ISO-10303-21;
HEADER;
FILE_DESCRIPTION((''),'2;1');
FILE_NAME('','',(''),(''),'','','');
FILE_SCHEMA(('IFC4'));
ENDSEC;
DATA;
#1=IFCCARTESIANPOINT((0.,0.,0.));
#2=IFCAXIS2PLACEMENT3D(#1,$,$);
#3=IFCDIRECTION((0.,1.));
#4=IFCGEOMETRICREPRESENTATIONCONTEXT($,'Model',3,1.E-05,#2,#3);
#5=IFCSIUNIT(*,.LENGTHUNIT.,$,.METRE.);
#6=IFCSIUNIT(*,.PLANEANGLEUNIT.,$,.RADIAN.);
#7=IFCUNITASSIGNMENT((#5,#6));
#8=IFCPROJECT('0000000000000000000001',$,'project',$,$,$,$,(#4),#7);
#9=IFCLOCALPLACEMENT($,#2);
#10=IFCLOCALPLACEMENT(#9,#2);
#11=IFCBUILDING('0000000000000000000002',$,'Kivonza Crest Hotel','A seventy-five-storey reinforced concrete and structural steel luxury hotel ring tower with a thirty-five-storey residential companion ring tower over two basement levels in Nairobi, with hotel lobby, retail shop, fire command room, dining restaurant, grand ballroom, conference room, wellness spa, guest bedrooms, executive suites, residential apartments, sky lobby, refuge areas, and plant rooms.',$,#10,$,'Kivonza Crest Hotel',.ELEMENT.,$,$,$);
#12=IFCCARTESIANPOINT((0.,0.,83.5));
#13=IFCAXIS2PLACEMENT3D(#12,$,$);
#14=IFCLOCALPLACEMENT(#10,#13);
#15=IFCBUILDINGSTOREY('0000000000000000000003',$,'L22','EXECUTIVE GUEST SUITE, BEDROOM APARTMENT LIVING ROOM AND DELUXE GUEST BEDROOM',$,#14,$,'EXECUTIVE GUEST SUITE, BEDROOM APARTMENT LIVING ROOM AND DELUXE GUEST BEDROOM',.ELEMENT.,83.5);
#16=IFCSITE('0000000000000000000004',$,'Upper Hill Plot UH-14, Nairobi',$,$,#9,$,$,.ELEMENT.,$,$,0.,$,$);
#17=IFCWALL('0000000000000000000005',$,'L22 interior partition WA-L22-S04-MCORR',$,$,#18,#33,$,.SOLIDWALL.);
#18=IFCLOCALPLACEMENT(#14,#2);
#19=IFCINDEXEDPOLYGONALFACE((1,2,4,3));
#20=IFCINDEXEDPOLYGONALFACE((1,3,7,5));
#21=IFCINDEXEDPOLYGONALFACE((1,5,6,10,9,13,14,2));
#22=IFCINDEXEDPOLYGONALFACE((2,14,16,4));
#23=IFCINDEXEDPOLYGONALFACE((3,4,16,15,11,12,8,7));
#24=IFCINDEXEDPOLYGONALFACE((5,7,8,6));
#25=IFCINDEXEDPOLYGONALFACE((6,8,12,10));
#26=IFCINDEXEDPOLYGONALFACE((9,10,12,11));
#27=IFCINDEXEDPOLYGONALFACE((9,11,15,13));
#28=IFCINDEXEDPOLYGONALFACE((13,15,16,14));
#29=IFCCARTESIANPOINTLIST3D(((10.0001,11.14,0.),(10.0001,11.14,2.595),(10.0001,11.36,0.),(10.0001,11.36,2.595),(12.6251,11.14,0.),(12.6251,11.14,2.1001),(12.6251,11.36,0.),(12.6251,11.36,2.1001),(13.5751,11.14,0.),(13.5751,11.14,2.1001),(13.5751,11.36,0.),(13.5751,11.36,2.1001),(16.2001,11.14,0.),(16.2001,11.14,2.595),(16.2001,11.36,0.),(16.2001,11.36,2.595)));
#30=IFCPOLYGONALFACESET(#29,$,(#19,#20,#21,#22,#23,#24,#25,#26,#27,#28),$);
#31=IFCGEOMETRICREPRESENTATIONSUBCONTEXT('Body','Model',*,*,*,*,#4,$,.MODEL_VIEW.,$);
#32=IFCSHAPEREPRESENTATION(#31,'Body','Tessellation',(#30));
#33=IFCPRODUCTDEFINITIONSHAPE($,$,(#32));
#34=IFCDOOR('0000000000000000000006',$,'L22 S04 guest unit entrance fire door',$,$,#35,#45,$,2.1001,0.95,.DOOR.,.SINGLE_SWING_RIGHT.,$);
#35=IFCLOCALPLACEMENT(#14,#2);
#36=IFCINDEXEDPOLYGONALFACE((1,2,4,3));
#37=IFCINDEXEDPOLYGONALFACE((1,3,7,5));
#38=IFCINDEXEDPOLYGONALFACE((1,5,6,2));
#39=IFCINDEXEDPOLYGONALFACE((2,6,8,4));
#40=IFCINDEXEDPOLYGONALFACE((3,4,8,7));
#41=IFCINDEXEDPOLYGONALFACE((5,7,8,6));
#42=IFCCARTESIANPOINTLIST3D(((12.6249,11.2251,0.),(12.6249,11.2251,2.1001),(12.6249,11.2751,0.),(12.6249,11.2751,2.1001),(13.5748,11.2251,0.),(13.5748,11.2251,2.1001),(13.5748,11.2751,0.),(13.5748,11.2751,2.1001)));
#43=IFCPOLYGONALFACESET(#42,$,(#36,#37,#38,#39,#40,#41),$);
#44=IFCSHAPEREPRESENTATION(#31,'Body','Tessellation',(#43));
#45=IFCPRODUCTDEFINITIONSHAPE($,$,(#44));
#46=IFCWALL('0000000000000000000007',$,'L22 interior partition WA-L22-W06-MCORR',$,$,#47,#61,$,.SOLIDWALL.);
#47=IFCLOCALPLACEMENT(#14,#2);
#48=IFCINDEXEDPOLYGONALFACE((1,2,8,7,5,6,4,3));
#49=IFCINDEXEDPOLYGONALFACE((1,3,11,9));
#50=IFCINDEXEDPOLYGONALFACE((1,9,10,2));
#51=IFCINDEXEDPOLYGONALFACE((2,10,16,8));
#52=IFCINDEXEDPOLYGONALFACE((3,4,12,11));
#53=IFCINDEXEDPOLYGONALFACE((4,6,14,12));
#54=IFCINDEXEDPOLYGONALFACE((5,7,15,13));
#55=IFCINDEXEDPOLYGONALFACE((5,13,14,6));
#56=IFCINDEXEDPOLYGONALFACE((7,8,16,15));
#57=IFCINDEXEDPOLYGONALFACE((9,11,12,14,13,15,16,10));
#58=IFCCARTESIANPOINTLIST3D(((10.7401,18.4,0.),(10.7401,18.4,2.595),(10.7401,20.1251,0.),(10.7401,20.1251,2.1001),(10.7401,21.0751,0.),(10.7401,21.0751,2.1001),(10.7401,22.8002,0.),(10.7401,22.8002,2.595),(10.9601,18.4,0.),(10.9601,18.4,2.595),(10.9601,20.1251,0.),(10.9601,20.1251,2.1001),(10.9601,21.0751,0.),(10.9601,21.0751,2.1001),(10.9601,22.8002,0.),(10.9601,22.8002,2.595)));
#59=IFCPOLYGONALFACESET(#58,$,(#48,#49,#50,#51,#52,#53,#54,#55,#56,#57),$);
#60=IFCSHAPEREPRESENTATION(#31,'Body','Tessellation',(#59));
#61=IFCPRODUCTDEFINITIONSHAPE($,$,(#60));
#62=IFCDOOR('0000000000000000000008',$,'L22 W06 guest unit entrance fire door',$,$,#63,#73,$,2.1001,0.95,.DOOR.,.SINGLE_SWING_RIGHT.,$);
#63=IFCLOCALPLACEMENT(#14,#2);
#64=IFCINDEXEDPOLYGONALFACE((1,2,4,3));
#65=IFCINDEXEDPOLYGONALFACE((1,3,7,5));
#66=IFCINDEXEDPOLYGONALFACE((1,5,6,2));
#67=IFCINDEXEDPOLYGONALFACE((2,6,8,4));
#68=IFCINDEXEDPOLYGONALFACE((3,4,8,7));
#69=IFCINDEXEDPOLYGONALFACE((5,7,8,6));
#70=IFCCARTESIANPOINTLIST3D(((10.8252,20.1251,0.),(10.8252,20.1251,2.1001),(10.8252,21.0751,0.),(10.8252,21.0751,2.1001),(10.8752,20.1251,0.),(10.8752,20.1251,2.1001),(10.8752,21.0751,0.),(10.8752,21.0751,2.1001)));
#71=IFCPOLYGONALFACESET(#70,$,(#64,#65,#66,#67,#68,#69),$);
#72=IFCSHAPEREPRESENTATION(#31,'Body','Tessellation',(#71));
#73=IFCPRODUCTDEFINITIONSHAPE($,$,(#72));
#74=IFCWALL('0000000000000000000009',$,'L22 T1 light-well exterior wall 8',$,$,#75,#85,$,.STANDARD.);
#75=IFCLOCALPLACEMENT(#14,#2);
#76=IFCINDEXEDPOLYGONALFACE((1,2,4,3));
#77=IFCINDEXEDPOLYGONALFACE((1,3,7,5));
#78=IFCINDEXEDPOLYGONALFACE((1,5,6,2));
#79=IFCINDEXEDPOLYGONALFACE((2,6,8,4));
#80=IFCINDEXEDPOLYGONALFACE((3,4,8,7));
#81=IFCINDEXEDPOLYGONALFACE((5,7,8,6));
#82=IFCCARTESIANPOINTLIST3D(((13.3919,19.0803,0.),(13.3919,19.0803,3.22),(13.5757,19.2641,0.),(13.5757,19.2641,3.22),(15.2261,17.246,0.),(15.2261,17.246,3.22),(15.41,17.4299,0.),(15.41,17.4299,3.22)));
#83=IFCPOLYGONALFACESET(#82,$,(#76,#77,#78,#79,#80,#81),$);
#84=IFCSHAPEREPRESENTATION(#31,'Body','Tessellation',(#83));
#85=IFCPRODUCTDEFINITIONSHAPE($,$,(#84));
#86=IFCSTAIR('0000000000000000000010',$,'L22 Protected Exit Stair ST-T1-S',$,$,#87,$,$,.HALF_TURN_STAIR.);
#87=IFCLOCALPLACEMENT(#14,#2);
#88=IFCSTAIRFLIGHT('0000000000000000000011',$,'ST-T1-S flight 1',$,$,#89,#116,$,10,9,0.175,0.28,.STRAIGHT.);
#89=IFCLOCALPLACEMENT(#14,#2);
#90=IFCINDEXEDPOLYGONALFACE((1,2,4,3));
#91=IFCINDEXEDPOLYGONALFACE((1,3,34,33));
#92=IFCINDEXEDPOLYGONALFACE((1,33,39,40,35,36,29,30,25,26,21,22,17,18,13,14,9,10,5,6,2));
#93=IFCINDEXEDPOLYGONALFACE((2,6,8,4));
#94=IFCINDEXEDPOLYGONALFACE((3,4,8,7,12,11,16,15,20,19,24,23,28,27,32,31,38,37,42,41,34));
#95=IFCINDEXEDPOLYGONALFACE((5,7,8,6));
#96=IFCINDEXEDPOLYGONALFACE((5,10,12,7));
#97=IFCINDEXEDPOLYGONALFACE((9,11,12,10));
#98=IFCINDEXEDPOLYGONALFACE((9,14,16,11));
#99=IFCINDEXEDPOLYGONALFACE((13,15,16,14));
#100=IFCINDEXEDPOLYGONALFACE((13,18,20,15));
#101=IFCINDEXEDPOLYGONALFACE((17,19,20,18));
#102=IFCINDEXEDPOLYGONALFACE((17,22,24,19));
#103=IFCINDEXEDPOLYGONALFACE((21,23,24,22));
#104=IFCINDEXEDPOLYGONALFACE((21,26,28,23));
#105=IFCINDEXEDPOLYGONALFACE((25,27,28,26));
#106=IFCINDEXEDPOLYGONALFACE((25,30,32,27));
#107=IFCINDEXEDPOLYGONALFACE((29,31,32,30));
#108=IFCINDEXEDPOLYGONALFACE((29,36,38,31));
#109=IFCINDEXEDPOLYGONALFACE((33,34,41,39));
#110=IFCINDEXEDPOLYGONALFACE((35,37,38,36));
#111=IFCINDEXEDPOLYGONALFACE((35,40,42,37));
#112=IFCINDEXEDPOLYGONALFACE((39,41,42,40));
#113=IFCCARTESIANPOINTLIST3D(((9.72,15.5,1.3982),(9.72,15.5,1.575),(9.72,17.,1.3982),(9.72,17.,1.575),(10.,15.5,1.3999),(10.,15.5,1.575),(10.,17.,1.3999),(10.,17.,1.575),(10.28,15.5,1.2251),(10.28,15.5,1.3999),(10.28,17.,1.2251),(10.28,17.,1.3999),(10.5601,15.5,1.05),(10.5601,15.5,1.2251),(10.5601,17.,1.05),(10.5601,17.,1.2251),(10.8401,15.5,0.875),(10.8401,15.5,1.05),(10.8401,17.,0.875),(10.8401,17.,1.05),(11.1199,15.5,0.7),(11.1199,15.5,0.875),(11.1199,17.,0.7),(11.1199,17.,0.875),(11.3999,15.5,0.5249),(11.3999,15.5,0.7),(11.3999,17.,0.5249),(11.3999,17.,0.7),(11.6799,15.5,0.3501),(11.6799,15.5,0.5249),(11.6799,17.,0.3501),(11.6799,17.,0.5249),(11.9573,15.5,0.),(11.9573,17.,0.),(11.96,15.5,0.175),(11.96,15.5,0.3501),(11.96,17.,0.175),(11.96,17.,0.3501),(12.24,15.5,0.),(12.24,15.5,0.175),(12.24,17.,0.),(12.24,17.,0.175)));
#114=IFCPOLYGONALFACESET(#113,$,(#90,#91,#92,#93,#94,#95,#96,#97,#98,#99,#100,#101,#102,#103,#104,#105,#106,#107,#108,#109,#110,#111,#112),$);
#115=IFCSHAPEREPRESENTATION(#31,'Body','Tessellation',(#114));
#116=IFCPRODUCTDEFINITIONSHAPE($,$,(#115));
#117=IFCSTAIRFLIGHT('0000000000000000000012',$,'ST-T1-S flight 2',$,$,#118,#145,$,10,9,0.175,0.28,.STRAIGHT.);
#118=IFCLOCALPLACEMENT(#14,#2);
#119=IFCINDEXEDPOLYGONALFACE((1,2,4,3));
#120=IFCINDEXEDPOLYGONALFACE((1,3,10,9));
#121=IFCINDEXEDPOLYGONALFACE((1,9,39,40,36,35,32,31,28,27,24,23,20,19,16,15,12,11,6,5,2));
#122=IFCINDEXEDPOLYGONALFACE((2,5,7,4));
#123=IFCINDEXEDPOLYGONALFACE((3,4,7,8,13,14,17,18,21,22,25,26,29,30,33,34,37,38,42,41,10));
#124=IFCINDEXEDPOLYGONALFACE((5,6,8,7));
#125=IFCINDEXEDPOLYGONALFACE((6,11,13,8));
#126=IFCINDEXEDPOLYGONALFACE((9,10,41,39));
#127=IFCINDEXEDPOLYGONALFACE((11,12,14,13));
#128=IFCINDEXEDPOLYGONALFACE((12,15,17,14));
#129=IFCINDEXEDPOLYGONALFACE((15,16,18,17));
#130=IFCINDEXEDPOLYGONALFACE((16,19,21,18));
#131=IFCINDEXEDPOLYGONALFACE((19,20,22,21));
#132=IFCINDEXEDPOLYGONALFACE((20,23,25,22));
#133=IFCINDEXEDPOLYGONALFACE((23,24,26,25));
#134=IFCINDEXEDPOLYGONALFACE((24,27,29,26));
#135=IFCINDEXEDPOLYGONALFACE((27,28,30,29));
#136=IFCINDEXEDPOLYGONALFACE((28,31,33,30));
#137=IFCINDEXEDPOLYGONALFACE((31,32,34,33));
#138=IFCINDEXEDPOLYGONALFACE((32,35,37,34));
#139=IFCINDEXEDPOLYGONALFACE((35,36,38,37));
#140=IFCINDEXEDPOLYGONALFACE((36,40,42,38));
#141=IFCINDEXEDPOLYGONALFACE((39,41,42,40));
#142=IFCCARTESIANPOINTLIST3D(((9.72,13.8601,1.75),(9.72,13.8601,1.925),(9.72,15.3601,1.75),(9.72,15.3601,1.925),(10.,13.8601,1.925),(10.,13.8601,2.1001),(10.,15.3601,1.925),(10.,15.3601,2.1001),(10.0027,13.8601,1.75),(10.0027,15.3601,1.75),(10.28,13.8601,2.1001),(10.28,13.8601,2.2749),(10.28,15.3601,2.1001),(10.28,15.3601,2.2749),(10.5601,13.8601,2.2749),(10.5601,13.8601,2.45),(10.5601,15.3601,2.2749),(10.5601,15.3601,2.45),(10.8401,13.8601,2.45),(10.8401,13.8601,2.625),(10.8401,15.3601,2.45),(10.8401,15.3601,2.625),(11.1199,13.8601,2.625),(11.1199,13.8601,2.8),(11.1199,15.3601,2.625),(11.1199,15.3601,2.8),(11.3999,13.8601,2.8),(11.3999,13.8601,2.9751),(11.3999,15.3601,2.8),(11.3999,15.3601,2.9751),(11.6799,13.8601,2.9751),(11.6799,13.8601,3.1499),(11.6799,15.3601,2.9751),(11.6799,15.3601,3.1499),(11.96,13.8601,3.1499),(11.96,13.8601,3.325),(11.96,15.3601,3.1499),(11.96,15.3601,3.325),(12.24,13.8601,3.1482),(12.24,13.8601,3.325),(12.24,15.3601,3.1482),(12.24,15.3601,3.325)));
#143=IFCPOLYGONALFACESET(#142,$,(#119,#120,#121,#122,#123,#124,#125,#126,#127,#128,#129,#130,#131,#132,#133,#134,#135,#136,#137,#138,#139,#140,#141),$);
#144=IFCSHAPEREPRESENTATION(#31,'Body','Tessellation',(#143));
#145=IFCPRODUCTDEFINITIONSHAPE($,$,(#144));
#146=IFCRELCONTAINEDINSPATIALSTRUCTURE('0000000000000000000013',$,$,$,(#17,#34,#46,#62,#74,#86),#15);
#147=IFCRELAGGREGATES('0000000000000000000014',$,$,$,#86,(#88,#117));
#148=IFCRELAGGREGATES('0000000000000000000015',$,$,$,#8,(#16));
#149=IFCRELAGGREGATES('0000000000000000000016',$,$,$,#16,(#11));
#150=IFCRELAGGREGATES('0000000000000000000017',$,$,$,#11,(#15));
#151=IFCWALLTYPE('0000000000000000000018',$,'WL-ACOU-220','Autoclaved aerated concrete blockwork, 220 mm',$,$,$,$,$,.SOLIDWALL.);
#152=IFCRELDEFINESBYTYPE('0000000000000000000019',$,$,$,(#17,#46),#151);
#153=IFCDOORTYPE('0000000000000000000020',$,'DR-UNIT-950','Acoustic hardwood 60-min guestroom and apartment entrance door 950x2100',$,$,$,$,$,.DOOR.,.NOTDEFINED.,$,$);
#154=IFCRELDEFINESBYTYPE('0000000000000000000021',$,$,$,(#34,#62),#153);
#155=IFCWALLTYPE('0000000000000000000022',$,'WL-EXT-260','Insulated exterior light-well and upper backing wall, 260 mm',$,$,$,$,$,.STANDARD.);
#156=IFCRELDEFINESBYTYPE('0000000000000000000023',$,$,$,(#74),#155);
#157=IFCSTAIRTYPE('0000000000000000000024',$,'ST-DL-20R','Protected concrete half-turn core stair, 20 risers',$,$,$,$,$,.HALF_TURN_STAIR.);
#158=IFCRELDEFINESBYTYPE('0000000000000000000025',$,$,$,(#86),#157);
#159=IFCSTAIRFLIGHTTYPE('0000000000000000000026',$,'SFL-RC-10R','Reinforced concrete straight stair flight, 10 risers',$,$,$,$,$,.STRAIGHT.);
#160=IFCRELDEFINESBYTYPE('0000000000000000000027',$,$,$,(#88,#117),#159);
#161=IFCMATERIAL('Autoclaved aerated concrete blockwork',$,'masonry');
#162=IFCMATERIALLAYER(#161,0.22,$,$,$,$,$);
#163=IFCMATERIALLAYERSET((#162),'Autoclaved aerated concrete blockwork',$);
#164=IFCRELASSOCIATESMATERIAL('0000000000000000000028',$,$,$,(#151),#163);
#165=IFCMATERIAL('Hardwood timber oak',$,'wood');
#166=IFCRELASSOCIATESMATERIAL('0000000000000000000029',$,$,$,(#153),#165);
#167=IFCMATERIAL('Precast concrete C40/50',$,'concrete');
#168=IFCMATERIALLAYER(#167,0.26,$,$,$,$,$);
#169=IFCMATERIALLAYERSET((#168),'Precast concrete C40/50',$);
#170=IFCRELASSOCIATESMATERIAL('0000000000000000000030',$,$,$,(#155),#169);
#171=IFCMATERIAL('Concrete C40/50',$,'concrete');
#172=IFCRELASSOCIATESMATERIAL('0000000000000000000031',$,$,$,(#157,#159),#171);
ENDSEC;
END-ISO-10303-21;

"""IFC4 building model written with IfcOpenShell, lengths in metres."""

from ifc_helpers import new_model, si_unit, direction, frame, frame_2d, origin, place, context, subcontext, project, spatial, polyline, rectangle, outline, extrude, material, layer, layer_set, type_object, element, fill, aggregate, save


model = new_model("IFC4")

# Units and contexts
model_context = context("Model", 3, precision=1e-05, world=origin(), true_north=direction((0.0, 1.0)))
body_context = subcontext(model_context, "Body", "Model", "MODEL_VIEW")
ifc_project = project(units=[si_unit("LENGTHUNIT", "METRE"), si_unit("PLANEANGLEUNIT", "RADIAN")], contexts=[model_context])

# Site, building, storey
site_placement = place(None, origin())
site = spatial("IfcSite", under=ifc_project, at=site_placement, Name="Upper Hill Plot UH-14, Nairobi", CompositionType="ELEMENT", RefElevation=0.0)
building_placement = place(site_placement, origin())
building = spatial("IfcBuilding", under=site, at=building_placement, Name="Kivonza Crest Hotel", Description="A seventy-five-storey reinforced concrete and structural steel luxury hotel ring tower with a thirty-five-storey residential companion ring tower over two basement levels in Nairobi, with hotel lobby, retail shop, fire command room, dining restaurant, grand ballroom, conference room, wellness spa, guest bedrooms, executive suites, residential apartments, sky lobby, refuge areas, and plant rooms.", LongName="Kivonza Crest Hotel", CompositionType="ELEMENT")
storey_placement = place(building_placement, frame((0.0, 0.0, 83.5)))
storey = spatial("IfcBuildingStorey", under=building, at=storey_placement, Name="L22", Description="EXECUTIVE GUEST SUITE, BEDROOM APARTMENT LIVING ROOM AND DELUXE GUEST BEDROOM", LongName="EXECUTIVE GUEST SUITE, BEDROOM APARTMENT LIVING ROOM AND DELUXE GUEST BEDROOM", CompositionType="ELEMENT", Elevation=83.5)

# Shared definitions
ifc_material_1 = material(Name="Autoclaved aerated concrete blockwork", Category="masonry")
ifc_layer_1 = layer(ifc_material_1, 0.22)
ifc_layer_set_1 = layer_set([ifc_layer_1], Name="Autoclaved aerated concrete blockwork")
wall_type_1 = type_object("IfcWallType", Name="WL-ACOU-220", Description="Autoclaved aerated concrete blockwork, 220 mm", PredefinedType="SOLIDWALL", material=ifc_layer_set_1)

# Walls, openings, doors
wall_1_placement = place(storey_placement, frame((10.0, 11.25, 0.0), z_axis=(0.0, 0.0, 1.0), x_axis=(1.0, 0.0, 0.0)))
wall_1 = element("IfcWall", 1, at=wall_1_placement, inside=storey, type_object=wall_type_1, Name="L22 interior partition WA-L22-S04-MCORR", PredefinedType="SOLIDWALL", context=body_context, shape_type="SweptSolid", body=[
    extrude(rectangle(XDim=6.2, YDim=0.22, at=frame_2d((3.1001, 0.0))), origin(), (0.0, 0.0, 1.0), 2.595),
])
opening_1_placement = place(wall_1_placement, frame((2.625, 0.0, 0.0)))
opening_1 = element("IfcOpeningElement", 2, at=opening_1_placement, cuts=wall_1, PredefinedType="OPENING", context=body_context, shape_type="SweptSolid", body=[
    extrude(rectangle(XDim=0.95, YDim=2.1001, at=frame_2d((0.4751, 1.05))), frame((0.0, 0.1201, 0.0), z_axis=(0.0, -1.0, 0.0), x_axis=(1.0, 0.0, 0.0)), (0.0, 0.0, 1.0), 0.24),
])
ifc_material_2 = material(Name="Hardwood timber oak", Category="wood")
door_type_1 = type_object("IfcDoorType", Name="DR-UNIT-950", Description="Acoustic hardwood 60-min guestroom and apartment entrance door 950x2100", OperationType="NOTDEFINED", PredefinedType="DOOR", material=ifc_material_2)
door_1_placement = place(opening_1_placement, frame((0.95, 0.0, 0.0), z_axis=(0.0, 0.0, 1.0), x_axis=(-1.0, 0.0, 0.0)))
door_1 = element("IfcDoor", 3, at=door_1_placement, inside=storey, type_object=door_type_1, Name="L22 S04 guest unit entrance fire door", OperationType="SINGLE_SWING_RIGHT", OverallHeight=2.1001, OverallWidth=0.95, PredefinedType="DOOR", context=body_context, shape_type="SweptSolid", body=[
    extrude(rectangle(XDim=0.95, YDim=2.1001, at=frame_2d((0.4751, 1.05))), frame((0.0, 0.0249, 0.0), z_axis=(0.0, -1.0, 0.0), x_axis=(1.0, 0.0, 0.0)), (0.0, 0.0, 1.0), 0.05),
])
fill(opening_1, door_1)
wall_2_placement = place(storey_placement, frame((10.8501, 18.3999, 0.0), z_axis=(0.0, 0.0, 1.0), x_axis=(0.0, 1.0, 0.0)))
wall_2 = element("IfcWall", 4, at=wall_2_placement, inside=storey, type_object=wall_type_1, Name="L22 interior partition WA-L22-W06-MCORR", PredefinedType="SOLIDWALL", context=body_context, shape_type="SweptSolid", body=[
    extrude(rectangle(XDim=4.4001, YDim=0.22, at=frame_2d((2.2002, 0.0))), origin(), (0.0, 0.0, 1.0), 2.595),
])
opening_2_placement = place(wall_2_placement, frame((1.7251, 0.0, 0.0)))
opening_2 = element("IfcOpeningElement", 5, at=opening_2_placement, cuts=wall_2, PredefinedType="OPENING", context=body_context, shape_type="SweptSolid", body=[
    extrude(rectangle(XDim=0.95, YDim=2.1001, at=frame_2d((0.4751, 1.05))), frame((0.0, 0.1201, 0.0), z_axis=(0.0, -1.0, 0.0), x_axis=(1.0, 0.0, 0.0)), (0.0, 0.0, 1.0), 0.24),
])
door_2_placement = place(opening_2_placement, origin())
door_2 = element("IfcDoor", 6, at=door_2_placement, inside=storey, type_object=door_type_1, Name="L22 W06 guest unit entrance fire door", OperationType="SINGLE_SWING_RIGHT", OverallHeight=2.1001, OverallWidth=0.95, PredefinedType="DOOR", context=body_context, shape_type="SweptSolid", body=[
    extrude(rectangle(XDim=0.95, YDim=2.1001, at=frame_2d((0.4751, 1.05))), frame((0.0, 0.0249, 0.0), z_axis=(0.0, -1.0, 0.0), x_axis=(1.0, 0.0, 0.0)), (0.0, 0.0, 1.0), 0.05),
])
fill(opening_2, door_2)

# Wall
ifc_material_3 = material(Name="Precast concrete C40/50", Category="concrete")
ifc_layer_2 = layer(ifc_material_3, 0.26)
ifc_layer_set_2 = layer_set([ifc_layer_2], Name="Precast concrete C40/50")
wall_type_2 = type_object("IfcWallType", Name="WL-EXT-260", Description="Insulated exterior light-well and upper backing wall, 260 mm", PredefinedType="STANDARD", material=ifc_layer_set_2)
wall_3_placement = place(storey_placement, frame((13.4839, 19.1721, 0.0), z_axis=(0.0, 0.0, 1.0), x_axis=(0.707107, -0.707107, 0.0)))
element("IfcWall", 7, at=wall_3_placement, inside=storey, type_object=wall_type_2, Name="L22 T1 light-well exterior wall 8", PredefinedType="STANDARD", context=body_context, shape_type="SweptSolid", body=[
    extrude(rectangle(XDim=2.594, YDim=0.26, at=frame_2d((1.2969, 0.0))), origin(), (0.0, 0.0, 1.0), 3.22),
])

# Stair, stair flights
ifc_material_4 = material(Name="Concrete C40/50", Category="concrete")
stair_type = type_object("IfcStairType", Name="ST-DL-20R", Description="Protected concrete half-turn core stair, 20 risers", PredefinedType="HALF_TURN_STAIR", material=ifc_material_4)
stair_placement = place(storey_placement, origin())
stair = element("IfcStair", 8, at=stair_placement, inside=storey, type_object=stair_type, Name="L22 Protected Exit Stair ST-T1-S", PredefinedType="HALF_TURN_STAIR")
stair_flight_type = type_object("IfcStairFlightType", Name="SFL-RC-10R", Description="Reinforced concrete straight stair flight, 10 risers", PredefinedType="STRAIGHT", material=ifc_material_4)
stair_flight_1_placement = place(storey_placement, frame((12.24, 16.25, 0.0), z_axis=(0.0, 0.0, 1.0), x_axis=(-1.0, 0.0, 0.0)))
stair_flight_1 = element("IfcStairFlight", 9, at=stair_flight_1_placement, type_object=stair_flight_type, Name="ST-T1-S flight 1", NumberOfRisers=10, NumberOfTreads=9, PredefinedType="STRAIGHT", RiserHeight=0.175, TreadLength=0.28, context=body_context, shape_type="SweptSolid", body=[
    extrude(outline(polyline([(0.0, 0.0), (0.0, 0.175), (0.28, 0.175), (0.28, 0.3501), (0.5601, 0.3501), (0.5601, 0.5249), (0.8401, 0.5249), (0.8401, 0.7), (1.1201, 0.7), (1.1201, 0.875), (1.3999, 0.875), (1.3999, 1.05), (1.6799, 1.05), (1.6799, 1.2251), (1.96, 1.2251), (1.96, 1.3999), (2.24, 1.3999), (2.24, 1.575), (2.52, 1.575), (2.52, 1.75), (2.52, 1.3982), (0.2827, 0.0), (0.0, 0.0)])), frame((0.0, 0.75, 0.0), z_axis=(0.0, -1.0, 0.0), x_axis=(1.0, 0.0, 0.0)), (0.0, 0.0, 1.0), 1.5),
])
stair_flight_2_placement = place(storey_placement, frame((9.72, 14.6101, 1.75), z_axis=(0.0, 0.0, 1.0), x_axis=(1.0, 0.0, 0.0)))
stair_flight_2 = element("IfcStairFlight", 10, at=stair_flight_2_placement, type_object=stair_flight_type, Name="ST-T1-S flight 2", NumberOfRisers=10, NumberOfTreads=9, PredefinedType="STRAIGHT", RiserHeight=0.175, TreadLength=0.28, context=body_context, shape_type="SweptSolid", body=[
    extrude(outline(polyline([(0.0, 0.0), (0.0, 0.175), (0.28, 0.175), (0.28, 0.3501), (0.5601, 0.3501), (0.5601, 0.5249), (0.8401, 0.5249), (0.8401, 0.7), (1.1201, 0.7), (1.1201, 0.875), (1.3999, 0.875), (1.3999, 1.05), (1.6799, 1.05), (1.6799, 1.2251), (1.96, 1.2251), (1.96, 1.3999), (2.24, 1.3999), (2.24, 1.575), (2.52, 1.575), (2.52, 1.75), (2.52, 1.3982), (0.2827, 0.0), (0.0, 0.0)])), frame((0.0, 0.75, 0.0), z_axis=(0.0, -1.0, 0.0), x_axis=(1.0, 0.0, 0.0)), (0.0, 0.0, 1.0), 1.5),
])
aggregate(stair, [stair_flight_1, stair_flight_2])

save(model, "model.ifc")
